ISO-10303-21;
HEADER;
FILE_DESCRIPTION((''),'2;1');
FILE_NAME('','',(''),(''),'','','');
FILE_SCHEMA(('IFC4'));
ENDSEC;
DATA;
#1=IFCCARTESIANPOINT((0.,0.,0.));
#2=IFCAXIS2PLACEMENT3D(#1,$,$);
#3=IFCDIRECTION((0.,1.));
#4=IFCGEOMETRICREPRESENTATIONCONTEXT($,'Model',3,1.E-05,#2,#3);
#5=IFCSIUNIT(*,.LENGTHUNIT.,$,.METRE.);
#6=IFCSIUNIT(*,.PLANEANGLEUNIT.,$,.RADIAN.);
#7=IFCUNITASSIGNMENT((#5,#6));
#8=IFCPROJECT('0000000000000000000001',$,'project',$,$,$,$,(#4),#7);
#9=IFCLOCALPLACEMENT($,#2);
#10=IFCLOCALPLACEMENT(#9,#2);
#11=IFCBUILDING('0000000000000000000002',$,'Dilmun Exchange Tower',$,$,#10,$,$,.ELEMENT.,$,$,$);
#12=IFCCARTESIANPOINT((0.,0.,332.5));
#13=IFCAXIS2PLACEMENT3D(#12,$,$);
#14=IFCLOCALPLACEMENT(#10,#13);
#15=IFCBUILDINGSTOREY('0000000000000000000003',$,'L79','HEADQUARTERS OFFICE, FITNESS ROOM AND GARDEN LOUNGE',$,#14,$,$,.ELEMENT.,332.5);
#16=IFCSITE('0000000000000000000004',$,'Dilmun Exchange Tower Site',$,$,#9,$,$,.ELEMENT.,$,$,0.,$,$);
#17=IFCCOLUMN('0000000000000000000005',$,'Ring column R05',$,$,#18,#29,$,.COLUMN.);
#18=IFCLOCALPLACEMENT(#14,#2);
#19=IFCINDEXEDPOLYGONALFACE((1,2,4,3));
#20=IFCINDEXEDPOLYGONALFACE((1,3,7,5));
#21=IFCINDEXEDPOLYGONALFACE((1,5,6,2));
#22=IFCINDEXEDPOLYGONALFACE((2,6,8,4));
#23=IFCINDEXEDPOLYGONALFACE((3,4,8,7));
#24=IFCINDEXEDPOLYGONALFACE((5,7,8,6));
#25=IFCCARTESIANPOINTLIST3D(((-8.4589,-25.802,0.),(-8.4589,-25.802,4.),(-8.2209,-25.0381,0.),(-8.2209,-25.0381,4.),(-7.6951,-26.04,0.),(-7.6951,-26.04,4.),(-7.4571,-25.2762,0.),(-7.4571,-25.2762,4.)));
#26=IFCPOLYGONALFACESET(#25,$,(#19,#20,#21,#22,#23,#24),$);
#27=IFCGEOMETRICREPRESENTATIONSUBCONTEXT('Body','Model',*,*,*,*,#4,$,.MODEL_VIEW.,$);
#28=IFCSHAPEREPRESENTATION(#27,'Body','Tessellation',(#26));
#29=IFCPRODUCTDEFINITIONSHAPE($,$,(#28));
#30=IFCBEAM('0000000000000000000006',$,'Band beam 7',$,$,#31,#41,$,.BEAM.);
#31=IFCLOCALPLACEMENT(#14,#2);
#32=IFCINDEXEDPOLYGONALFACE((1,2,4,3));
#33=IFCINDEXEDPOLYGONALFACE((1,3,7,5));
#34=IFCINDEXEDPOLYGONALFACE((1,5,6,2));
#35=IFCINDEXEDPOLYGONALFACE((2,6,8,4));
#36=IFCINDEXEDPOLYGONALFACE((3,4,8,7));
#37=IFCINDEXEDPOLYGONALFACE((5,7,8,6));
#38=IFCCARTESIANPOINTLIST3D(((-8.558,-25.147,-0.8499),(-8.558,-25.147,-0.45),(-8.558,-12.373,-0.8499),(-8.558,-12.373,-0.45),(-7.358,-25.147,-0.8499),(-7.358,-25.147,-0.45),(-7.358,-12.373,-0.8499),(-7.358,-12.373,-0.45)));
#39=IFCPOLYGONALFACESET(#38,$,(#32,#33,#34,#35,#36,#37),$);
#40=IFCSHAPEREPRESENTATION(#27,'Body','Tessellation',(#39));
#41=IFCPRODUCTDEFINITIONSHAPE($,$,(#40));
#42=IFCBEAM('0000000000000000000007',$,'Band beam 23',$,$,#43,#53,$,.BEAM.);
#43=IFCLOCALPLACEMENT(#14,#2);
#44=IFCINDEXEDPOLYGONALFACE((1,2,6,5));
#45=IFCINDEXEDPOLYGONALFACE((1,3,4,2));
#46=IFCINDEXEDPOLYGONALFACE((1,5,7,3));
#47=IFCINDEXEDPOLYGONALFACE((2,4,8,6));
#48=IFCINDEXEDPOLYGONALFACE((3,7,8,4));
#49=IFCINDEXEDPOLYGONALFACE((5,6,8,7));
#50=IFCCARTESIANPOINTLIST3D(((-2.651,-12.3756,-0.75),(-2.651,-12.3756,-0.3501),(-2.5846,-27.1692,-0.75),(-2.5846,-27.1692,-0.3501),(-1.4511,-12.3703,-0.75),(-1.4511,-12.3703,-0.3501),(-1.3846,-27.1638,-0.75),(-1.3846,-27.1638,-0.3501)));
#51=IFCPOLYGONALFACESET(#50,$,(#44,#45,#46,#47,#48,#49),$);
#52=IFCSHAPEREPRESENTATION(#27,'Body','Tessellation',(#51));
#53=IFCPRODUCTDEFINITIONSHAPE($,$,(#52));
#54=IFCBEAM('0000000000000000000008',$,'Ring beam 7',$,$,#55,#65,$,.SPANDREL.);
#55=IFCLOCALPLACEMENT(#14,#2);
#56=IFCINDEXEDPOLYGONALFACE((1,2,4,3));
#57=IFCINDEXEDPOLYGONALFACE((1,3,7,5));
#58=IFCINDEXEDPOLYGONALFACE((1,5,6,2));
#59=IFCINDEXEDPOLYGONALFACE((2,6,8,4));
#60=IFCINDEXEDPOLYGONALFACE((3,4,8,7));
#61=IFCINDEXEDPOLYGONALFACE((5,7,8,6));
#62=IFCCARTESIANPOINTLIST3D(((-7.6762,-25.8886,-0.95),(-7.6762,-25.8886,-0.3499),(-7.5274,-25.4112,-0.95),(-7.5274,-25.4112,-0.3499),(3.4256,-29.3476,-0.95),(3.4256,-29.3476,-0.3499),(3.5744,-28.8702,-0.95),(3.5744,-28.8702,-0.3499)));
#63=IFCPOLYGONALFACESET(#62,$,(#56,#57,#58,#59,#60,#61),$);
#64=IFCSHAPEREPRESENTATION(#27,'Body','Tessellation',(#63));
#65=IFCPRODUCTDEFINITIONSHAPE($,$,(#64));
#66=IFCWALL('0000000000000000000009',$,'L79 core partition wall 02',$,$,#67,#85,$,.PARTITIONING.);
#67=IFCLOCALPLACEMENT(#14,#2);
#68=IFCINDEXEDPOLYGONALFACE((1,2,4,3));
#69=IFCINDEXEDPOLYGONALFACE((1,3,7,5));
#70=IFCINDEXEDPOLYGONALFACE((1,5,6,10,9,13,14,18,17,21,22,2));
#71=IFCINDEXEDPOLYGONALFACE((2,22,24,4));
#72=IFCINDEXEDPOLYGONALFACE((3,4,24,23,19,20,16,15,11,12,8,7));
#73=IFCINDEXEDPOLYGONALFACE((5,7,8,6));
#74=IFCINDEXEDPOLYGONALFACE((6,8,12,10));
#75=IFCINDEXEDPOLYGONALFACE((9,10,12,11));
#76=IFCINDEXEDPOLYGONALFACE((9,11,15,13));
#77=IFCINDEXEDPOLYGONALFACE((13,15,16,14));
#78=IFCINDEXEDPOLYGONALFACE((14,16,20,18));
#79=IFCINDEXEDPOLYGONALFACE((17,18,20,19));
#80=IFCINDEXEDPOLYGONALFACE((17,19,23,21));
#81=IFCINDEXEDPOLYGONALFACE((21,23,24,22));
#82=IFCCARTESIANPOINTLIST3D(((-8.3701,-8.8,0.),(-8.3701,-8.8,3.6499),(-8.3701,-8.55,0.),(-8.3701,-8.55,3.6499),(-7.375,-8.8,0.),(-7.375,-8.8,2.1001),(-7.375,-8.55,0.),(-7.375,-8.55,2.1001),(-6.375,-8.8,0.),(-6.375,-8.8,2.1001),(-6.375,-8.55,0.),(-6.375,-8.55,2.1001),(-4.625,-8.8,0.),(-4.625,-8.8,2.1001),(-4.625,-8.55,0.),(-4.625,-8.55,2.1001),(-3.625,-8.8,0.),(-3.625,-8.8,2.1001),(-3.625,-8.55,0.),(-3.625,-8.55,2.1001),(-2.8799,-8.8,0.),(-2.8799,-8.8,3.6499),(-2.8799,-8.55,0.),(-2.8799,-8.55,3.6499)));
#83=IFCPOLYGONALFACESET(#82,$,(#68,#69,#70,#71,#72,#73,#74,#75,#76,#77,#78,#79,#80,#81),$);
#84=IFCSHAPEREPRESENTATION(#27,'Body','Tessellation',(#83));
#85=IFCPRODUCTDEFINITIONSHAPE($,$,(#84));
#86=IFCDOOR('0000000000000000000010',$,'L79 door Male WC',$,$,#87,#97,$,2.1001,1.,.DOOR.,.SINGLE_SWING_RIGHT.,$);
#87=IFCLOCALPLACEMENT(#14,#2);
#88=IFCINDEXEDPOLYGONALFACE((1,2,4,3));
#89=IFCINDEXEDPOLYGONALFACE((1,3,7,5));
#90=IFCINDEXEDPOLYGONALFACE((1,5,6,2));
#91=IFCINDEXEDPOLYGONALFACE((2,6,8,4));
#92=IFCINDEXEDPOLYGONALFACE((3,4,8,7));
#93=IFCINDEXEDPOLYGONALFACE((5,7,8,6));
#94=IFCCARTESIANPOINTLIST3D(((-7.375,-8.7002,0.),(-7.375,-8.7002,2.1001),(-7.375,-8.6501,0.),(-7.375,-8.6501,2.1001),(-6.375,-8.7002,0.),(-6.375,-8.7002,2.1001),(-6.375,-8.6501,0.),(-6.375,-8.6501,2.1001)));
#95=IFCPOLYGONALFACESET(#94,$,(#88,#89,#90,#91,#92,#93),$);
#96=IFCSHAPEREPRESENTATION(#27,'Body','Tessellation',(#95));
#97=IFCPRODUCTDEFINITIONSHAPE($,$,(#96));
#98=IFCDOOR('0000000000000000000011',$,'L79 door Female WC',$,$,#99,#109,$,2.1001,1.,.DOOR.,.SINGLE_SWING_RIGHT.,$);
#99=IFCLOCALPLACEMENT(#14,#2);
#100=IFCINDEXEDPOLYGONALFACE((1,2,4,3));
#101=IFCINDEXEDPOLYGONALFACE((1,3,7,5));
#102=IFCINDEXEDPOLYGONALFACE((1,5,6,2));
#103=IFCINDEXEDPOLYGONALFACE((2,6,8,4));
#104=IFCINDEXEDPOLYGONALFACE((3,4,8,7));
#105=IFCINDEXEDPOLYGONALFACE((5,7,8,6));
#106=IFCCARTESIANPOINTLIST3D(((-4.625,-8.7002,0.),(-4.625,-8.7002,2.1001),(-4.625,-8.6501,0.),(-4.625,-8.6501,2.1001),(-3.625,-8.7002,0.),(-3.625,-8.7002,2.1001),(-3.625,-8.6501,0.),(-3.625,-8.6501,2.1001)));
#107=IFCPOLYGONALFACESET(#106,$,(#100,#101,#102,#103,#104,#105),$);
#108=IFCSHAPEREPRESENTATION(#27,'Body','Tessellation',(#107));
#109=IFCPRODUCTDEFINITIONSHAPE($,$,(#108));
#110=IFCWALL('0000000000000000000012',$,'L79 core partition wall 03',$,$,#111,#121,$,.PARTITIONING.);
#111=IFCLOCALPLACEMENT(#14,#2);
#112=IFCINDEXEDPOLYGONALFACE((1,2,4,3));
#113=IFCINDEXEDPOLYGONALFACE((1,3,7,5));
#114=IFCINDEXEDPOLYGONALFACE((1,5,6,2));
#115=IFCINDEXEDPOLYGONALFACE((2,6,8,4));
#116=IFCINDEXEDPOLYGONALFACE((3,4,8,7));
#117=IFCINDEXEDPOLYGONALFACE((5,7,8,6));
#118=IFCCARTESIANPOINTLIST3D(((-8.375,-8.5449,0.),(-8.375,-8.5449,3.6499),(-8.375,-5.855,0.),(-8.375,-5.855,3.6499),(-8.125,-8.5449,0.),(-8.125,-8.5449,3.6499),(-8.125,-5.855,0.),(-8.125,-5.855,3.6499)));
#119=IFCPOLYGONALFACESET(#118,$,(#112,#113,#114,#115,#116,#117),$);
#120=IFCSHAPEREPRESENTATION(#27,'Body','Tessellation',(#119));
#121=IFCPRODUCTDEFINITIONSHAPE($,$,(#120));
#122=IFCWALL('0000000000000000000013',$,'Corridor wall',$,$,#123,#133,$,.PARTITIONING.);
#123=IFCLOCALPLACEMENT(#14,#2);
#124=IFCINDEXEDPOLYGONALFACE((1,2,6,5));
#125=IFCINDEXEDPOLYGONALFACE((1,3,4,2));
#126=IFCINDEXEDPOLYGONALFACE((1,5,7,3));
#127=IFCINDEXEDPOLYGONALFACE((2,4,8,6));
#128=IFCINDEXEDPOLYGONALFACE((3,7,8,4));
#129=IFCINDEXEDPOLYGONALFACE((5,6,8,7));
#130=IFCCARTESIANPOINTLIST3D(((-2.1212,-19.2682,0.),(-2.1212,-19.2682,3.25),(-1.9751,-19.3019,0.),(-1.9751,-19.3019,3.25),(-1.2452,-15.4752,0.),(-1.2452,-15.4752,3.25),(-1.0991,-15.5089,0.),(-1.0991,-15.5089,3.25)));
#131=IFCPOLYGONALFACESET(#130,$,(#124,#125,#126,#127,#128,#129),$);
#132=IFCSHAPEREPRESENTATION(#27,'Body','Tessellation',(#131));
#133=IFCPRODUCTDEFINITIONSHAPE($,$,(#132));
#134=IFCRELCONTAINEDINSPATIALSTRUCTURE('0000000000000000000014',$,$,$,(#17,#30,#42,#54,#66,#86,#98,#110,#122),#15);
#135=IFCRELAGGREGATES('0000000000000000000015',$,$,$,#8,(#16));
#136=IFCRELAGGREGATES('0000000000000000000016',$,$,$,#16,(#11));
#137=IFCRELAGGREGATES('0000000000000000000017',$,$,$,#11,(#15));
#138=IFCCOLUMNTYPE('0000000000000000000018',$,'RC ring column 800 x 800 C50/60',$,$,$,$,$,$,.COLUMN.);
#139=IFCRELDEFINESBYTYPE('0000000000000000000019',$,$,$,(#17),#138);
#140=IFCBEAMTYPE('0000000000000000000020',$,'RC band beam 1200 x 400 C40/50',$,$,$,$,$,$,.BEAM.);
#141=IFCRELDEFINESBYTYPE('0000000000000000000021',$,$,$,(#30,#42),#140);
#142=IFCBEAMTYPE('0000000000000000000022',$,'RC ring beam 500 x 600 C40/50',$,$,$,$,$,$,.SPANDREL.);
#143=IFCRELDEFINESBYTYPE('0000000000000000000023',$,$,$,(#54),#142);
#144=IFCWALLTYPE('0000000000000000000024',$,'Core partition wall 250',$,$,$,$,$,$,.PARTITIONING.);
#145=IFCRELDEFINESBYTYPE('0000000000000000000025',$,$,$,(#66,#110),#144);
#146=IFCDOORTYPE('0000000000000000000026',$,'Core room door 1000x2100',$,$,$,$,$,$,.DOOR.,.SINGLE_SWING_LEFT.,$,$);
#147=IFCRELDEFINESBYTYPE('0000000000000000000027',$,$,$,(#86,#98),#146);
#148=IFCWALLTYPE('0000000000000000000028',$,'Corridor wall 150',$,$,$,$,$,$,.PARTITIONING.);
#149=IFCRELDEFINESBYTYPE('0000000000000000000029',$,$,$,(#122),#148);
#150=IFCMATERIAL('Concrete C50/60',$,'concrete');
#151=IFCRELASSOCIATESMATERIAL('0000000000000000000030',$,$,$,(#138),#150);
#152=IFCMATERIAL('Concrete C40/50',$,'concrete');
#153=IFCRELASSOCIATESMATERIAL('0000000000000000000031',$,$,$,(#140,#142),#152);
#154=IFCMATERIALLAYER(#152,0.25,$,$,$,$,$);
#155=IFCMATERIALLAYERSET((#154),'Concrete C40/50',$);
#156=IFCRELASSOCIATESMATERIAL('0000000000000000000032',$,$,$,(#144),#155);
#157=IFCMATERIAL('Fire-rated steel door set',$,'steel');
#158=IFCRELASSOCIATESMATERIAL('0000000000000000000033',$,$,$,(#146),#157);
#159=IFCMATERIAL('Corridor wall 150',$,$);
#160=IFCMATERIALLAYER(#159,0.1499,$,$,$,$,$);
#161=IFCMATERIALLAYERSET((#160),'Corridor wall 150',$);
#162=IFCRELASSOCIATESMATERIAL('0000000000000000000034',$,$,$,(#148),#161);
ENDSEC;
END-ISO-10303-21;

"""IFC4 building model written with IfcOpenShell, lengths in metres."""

from ifc_helpers import new_model, si_unit, direction, frame, frame_2d, origin, origin_2d, place, context, subcontext, project, spatial, rectangle, extrude, material, layer, layer_set, material_profile, profile_set, type_object, element, fill, save


model = new_model("IFC4")

# Units and contexts
model_context = context("Model", 3, precision=1e-05, world=origin(), true_north=direction((0.0, 1.0)))
body_context = subcontext(model_context, "Body", "Model", "MODEL_VIEW")
ifc_project = project(units=[si_unit("LENGTHUNIT", "METRE"), si_unit("PLANEANGLEUNIT", "RADIAN")], contexts=[model_context])

# Site, building, storey
site_placement = place(None, origin())
site = spatial("IfcSite", under=ifc_project, at=site_placement, Name="Dilmun Exchange Tower Site", CompositionType="ELEMENT", RefElevation=0.0)
building_placement = place(site_placement, origin())
building = spatial("IfcBuilding", under=site, at=building_placement, Name="Dilmun Exchange Tower", CompositionType="ELEMENT")
storey_placement = place(building_placement, frame((0.0, 0.0, 332.5)))
storey = spatial("IfcBuildingStorey", under=building, at=storey_placement, Name="L79", Description="HEADQUARTERS OFFICE, FITNESS ROOM AND GARDEN LOUNGE", CompositionType="ELEMENT", Elevation=332.5)

# Column
ifc_material_1 = material(Name="Concrete C50/60", Category="concrete")
ifc_material_profile_1 = material_profile(ifc_material_1, rectangle(XDim=0.8, YDim=0.8, at=origin_2d()), Name="800 x 800")
ifc_profile_set_1 = profile_set([ifc_material_profile_1], Name="Concrete C50/60")
column_type = type_object("IfcColumnType", Name="RC ring column 800 x 800 C50/60", PredefinedType="COLUMN", material=ifc_profile_set_1)
column_placement = place(storey_placement, frame((-7.958, -25.5391, 0.0), z_axis=(0.0, 0.0, 1.0), x_axis=(0.297503, 0.954721, 0.0)))
element("IfcColumn", 1, at=column_placement, inside=storey, type_object=column_type, Name="Ring column R05", PredefinedType="COLUMN", context=body_context, shape_type="SweptSolid", body=[
    extrude(rectangle(XDim=0.8, YDim=0.8, at=origin_2d()), origin(), (0.0, 0.0, 1.0), 4.0),
])

# Beams
ifc_material_2 = material(Name="Concrete C40/50", Category="concrete")
ifc_material_profile_2 = material_profile(ifc_material_2, rectangle(XDim=1.2, YDim=0.3999, at=origin_2d()), Name="1200 x 400")
ifc_profile_set_2 = profile_set([ifc_material_profile_2], Name="Concrete C40/50")
beam_type_1 = type_object("IfcBeamType", Name="RC band beam 1200 x 400 C40/50", PredefinedType="BEAM", material=ifc_profile_set_2)
beam_1_placement = place(storey_placement, frame((-7.958, -25.147, -0.6499), z_axis=(0.0, 1.0, 0.0), x_axis=(-1.0, 0.0, 0.0)))
element("IfcBeam", 2, at=beam_1_placement, inside=storey, type_object=beam_type_1, Name="Band beam 7", PredefinedType="BEAM", context=body_context, shape_type="SweptSolid", body=[
    extrude(rectangle(XDim=1.2, YDim=0.3999, at=origin_2d()), origin(), (0.0, 0.0, 1.0), 12.7739),
])
beam_2_placement = place(storey_placement, frame((-1.9846, -27.1665, -0.55), z_axis=(-0.004489, 0.99999, 0.0), x_axis=(-0.99999, -0.004489, 0.0)))
element("IfcBeam", 3, at=beam_2_placement, inside=storey, type_object=beam_type_1, Name="Band beam 23", PredefinedType="BEAM", context=body_context, shape_type="SweptSolid", body=[
    extrude(rectangle(XDim=1.2, YDim=0.3999, at=origin_2d()), origin(), (0.0, 0.0, 1.0), 14.7937),
])
ifc_material_profile_3 = material_profile(ifc_material_2, rectangle(XDim=0.5, YDim=0.6001, at=origin_2d()), Name="500 x 600")
ifc_profile_set_3 = profile_set([ifc_material_profile_3], Name="Concrete C40/50")
beam_type_2 = type_object("IfcBeamType", Name="RC ring beam 500 x 600 C40/50", PredefinedType="SPANDREL", material=ifc_profile_set_3)
beam_3_placement = place(storey_placement, frame((-7.6018, -25.6499, -0.6499), z_axis=(0.954733, -0.297466, 0.0), x_axis=(0.297466, 0.954733, 0.0)))
element("IfcBeam", 4, at=beam_3_placement, inside=storey, type_object=beam_type_2, Name="Ring beam 7", PredefinedType="SPANDREL", context=body_context, shape_type="SweptSolid", body=[
    extrude(rectangle(XDim=0.5, YDim=0.6001, at=origin_2d()), origin(), (0.0, 0.0, 1.0), 11.6282),
])

# Wall, openings, doors
ifc_layer_1 = layer(ifc_material_2, 0.25)
ifc_layer_set_1 = layer_set([ifc_layer_1], Name="Concrete C40/50")
wall_type_1 = type_object("IfcWallType", Name="Core partition wall 250", PredefinedType="PARTITIONING", material=ifc_layer_set_1)
wall_1_placement = place(storey_placement, frame((-8.3701, -8.675, 0.0), z_axis=(0.0, 0.0, 1.0), x_axis=(1.0, 0.0, 0.0)))
wall_1 = element("IfcWall", 5, at=wall_1_placement, inside=storey, type_object=wall_type_1, Name="L79 core partition wall 02", PredefinedType="PARTITIONING", context=body_context, shape_type="SweptSolid", body=[
    extrude(rectangle(XDim=5.4902, YDim=0.25, at=frame_2d((2.7451, 0.0))), origin(), (0.0, 0.0, 1.0), 3.6499),
])
opening_1_placement = place(wall_1_placement, frame((0.9951, 0.0, 0.0)))
opening_1 = element("IfcOpeningElement", 6, at=opening_1_placement, cuts=wall_1, PredefinedType="OPENING", context=body_context, shape_type="SweptSolid", body=[
    extrude(rectangle(XDim=1.0, YDim=2.1001, at=frame_2d((0.5, 1.05))), frame((0.0, 0.135, 0.0), z_axis=(0.0, -1.0, 0.0), x_axis=(1.0, 0.0, 0.0)), (0.0, 0.0, 1.0), 0.27),
])
opening_2_placement = place(wall_1_placement, frame((3.7451, 0.0, 0.0)))
opening_2 = element("IfcOpeningElement", 7, at=opening_2_placement, cuts=wall_1, PredefinedType="OPENING", context=body_context, shape_type="SweptSolid", body=[
    extrude(rectangle(XDim=1.0, YDim=2.1001, at=frame_2d((0.5, 1.05))), frame((0.0, 0.135, 0.0), z_axis=(0.0, -1.0, 0.0), x_axis=(1.0, 0.0, 0.0)), (0.0, 0.0, 1.0), 0.27),
])
ifc_material_3 = material(Name="Fire-rated steel door set", Category="steel")
door_type_1 = type_object("IfcDoorType", Name="Core room door 1000x2100", OperationType="SINGLE_SWING_LEFT", PredefinedType="DOOR", material=ifc_material_3)
door_1_placement = place(opening_1_placement, origin())
door_1 = element("IfcDoor", 8, at=door_1_placement, inside=storey, type_object=door_type_1, Name="L79 door Male WC", OperationType="SINGLE_SWING_RIGHT", OverallHeight=2.1001, OverallWidth=1.0, PredefinedType="DOOR", context=body_context, shape_type="SweptSolid", body=[
    extrude(rectangle(XDim=1.0, YDim=2.1001, at=frame_2d((0.5, 1.05))), frame((0.0, 0.0249, 0.0), z_axis=(0.0, -1.0, 0.0), x_axis=(1.0, 0.0, 0.0)), (0.0, 0.0, 1.0), 0.05),
])
fill(opening_1, door_1)
door_2_placement = place(opening_2_placement, origin())
door_2 = element("IfcDoor", 9, at=door_2_placement, inside=storey, type_object=door_type_1, Name="L79 door Female WC", OperationType="SINGLE_SWING_RIGHT", OverallHeight=2.1001, OverallWidth=1.0, PredefinedType="DOOR", context=body_context, shape_type="SweptSolid", body=[
    extrude(rectangle(XDim=1.0, YDim=2.1001, at=frame_2d((0.5, 1.05))), frame((0.0, 0.0249, 0.0), z_axis=(0.0, -1.0, 0.0), x_axis=(1.0, 0.0, 0.0)), (0.0, 0.0, 1.0), 0.05),
])
fill(opening_2, door_2)

# Walls
wall_2_placement = place(storey_placement, frame((-8.25, -8.5449, 0.0), z_axis=(0.0, 0.0, 1.0), x_axis=(0.0, 1.0, 0.0)))
element("IfcWall", 10, at=wall_2_placement, inside=storey, type_object=wall_type_1, Name="L79 core partition wall 03", PredefinedType="PARTITIONING", context=body_context, shape_type="SweptSolid", body=[
    extrude(rectangle(XDim=2.6899, YDim=0.25, at=frame_2d((1.345, 0.0))), origin(), (0.0, 0.0, 1.0), 3.6499),
])
ifc_material_4 = material(Name="Corridor wall 150")
ifc_layer_2 = layer(ifc_material_4, 0.1499)
ifc_layer_set_2 = layer_set([ifc_layer_2], Name="Corridor wall 150")
wall_type_2 = type_object("IfcWallType", Name="Corridor wall 150", PredefinedType="PARTITIONING", material=ifc_layer_set_2)
wall_3_placement = place(storey_placement, frame((-2.0481, -19.2849, 0.0), z_axis=(0.0, 0.0, 1.0), x_axis=(0.225024, 0.974353, 0.0)))
element("IfcWall", 11, at=wall_3_placement, inside=storey, type_object=wall_type_2, Name="Corridor wall", PredefinedType="PARTITIONING", context=body_context, shape_type="SweptSolid", body=[
    extrude(rectangle(XDim=3.8928, YDim=0.1499, at=frame_2d((1.9463, 0.0))), origin(), (0.0, 0.0, 1.0), 3.25),
])

save(model, "model.ifc")
